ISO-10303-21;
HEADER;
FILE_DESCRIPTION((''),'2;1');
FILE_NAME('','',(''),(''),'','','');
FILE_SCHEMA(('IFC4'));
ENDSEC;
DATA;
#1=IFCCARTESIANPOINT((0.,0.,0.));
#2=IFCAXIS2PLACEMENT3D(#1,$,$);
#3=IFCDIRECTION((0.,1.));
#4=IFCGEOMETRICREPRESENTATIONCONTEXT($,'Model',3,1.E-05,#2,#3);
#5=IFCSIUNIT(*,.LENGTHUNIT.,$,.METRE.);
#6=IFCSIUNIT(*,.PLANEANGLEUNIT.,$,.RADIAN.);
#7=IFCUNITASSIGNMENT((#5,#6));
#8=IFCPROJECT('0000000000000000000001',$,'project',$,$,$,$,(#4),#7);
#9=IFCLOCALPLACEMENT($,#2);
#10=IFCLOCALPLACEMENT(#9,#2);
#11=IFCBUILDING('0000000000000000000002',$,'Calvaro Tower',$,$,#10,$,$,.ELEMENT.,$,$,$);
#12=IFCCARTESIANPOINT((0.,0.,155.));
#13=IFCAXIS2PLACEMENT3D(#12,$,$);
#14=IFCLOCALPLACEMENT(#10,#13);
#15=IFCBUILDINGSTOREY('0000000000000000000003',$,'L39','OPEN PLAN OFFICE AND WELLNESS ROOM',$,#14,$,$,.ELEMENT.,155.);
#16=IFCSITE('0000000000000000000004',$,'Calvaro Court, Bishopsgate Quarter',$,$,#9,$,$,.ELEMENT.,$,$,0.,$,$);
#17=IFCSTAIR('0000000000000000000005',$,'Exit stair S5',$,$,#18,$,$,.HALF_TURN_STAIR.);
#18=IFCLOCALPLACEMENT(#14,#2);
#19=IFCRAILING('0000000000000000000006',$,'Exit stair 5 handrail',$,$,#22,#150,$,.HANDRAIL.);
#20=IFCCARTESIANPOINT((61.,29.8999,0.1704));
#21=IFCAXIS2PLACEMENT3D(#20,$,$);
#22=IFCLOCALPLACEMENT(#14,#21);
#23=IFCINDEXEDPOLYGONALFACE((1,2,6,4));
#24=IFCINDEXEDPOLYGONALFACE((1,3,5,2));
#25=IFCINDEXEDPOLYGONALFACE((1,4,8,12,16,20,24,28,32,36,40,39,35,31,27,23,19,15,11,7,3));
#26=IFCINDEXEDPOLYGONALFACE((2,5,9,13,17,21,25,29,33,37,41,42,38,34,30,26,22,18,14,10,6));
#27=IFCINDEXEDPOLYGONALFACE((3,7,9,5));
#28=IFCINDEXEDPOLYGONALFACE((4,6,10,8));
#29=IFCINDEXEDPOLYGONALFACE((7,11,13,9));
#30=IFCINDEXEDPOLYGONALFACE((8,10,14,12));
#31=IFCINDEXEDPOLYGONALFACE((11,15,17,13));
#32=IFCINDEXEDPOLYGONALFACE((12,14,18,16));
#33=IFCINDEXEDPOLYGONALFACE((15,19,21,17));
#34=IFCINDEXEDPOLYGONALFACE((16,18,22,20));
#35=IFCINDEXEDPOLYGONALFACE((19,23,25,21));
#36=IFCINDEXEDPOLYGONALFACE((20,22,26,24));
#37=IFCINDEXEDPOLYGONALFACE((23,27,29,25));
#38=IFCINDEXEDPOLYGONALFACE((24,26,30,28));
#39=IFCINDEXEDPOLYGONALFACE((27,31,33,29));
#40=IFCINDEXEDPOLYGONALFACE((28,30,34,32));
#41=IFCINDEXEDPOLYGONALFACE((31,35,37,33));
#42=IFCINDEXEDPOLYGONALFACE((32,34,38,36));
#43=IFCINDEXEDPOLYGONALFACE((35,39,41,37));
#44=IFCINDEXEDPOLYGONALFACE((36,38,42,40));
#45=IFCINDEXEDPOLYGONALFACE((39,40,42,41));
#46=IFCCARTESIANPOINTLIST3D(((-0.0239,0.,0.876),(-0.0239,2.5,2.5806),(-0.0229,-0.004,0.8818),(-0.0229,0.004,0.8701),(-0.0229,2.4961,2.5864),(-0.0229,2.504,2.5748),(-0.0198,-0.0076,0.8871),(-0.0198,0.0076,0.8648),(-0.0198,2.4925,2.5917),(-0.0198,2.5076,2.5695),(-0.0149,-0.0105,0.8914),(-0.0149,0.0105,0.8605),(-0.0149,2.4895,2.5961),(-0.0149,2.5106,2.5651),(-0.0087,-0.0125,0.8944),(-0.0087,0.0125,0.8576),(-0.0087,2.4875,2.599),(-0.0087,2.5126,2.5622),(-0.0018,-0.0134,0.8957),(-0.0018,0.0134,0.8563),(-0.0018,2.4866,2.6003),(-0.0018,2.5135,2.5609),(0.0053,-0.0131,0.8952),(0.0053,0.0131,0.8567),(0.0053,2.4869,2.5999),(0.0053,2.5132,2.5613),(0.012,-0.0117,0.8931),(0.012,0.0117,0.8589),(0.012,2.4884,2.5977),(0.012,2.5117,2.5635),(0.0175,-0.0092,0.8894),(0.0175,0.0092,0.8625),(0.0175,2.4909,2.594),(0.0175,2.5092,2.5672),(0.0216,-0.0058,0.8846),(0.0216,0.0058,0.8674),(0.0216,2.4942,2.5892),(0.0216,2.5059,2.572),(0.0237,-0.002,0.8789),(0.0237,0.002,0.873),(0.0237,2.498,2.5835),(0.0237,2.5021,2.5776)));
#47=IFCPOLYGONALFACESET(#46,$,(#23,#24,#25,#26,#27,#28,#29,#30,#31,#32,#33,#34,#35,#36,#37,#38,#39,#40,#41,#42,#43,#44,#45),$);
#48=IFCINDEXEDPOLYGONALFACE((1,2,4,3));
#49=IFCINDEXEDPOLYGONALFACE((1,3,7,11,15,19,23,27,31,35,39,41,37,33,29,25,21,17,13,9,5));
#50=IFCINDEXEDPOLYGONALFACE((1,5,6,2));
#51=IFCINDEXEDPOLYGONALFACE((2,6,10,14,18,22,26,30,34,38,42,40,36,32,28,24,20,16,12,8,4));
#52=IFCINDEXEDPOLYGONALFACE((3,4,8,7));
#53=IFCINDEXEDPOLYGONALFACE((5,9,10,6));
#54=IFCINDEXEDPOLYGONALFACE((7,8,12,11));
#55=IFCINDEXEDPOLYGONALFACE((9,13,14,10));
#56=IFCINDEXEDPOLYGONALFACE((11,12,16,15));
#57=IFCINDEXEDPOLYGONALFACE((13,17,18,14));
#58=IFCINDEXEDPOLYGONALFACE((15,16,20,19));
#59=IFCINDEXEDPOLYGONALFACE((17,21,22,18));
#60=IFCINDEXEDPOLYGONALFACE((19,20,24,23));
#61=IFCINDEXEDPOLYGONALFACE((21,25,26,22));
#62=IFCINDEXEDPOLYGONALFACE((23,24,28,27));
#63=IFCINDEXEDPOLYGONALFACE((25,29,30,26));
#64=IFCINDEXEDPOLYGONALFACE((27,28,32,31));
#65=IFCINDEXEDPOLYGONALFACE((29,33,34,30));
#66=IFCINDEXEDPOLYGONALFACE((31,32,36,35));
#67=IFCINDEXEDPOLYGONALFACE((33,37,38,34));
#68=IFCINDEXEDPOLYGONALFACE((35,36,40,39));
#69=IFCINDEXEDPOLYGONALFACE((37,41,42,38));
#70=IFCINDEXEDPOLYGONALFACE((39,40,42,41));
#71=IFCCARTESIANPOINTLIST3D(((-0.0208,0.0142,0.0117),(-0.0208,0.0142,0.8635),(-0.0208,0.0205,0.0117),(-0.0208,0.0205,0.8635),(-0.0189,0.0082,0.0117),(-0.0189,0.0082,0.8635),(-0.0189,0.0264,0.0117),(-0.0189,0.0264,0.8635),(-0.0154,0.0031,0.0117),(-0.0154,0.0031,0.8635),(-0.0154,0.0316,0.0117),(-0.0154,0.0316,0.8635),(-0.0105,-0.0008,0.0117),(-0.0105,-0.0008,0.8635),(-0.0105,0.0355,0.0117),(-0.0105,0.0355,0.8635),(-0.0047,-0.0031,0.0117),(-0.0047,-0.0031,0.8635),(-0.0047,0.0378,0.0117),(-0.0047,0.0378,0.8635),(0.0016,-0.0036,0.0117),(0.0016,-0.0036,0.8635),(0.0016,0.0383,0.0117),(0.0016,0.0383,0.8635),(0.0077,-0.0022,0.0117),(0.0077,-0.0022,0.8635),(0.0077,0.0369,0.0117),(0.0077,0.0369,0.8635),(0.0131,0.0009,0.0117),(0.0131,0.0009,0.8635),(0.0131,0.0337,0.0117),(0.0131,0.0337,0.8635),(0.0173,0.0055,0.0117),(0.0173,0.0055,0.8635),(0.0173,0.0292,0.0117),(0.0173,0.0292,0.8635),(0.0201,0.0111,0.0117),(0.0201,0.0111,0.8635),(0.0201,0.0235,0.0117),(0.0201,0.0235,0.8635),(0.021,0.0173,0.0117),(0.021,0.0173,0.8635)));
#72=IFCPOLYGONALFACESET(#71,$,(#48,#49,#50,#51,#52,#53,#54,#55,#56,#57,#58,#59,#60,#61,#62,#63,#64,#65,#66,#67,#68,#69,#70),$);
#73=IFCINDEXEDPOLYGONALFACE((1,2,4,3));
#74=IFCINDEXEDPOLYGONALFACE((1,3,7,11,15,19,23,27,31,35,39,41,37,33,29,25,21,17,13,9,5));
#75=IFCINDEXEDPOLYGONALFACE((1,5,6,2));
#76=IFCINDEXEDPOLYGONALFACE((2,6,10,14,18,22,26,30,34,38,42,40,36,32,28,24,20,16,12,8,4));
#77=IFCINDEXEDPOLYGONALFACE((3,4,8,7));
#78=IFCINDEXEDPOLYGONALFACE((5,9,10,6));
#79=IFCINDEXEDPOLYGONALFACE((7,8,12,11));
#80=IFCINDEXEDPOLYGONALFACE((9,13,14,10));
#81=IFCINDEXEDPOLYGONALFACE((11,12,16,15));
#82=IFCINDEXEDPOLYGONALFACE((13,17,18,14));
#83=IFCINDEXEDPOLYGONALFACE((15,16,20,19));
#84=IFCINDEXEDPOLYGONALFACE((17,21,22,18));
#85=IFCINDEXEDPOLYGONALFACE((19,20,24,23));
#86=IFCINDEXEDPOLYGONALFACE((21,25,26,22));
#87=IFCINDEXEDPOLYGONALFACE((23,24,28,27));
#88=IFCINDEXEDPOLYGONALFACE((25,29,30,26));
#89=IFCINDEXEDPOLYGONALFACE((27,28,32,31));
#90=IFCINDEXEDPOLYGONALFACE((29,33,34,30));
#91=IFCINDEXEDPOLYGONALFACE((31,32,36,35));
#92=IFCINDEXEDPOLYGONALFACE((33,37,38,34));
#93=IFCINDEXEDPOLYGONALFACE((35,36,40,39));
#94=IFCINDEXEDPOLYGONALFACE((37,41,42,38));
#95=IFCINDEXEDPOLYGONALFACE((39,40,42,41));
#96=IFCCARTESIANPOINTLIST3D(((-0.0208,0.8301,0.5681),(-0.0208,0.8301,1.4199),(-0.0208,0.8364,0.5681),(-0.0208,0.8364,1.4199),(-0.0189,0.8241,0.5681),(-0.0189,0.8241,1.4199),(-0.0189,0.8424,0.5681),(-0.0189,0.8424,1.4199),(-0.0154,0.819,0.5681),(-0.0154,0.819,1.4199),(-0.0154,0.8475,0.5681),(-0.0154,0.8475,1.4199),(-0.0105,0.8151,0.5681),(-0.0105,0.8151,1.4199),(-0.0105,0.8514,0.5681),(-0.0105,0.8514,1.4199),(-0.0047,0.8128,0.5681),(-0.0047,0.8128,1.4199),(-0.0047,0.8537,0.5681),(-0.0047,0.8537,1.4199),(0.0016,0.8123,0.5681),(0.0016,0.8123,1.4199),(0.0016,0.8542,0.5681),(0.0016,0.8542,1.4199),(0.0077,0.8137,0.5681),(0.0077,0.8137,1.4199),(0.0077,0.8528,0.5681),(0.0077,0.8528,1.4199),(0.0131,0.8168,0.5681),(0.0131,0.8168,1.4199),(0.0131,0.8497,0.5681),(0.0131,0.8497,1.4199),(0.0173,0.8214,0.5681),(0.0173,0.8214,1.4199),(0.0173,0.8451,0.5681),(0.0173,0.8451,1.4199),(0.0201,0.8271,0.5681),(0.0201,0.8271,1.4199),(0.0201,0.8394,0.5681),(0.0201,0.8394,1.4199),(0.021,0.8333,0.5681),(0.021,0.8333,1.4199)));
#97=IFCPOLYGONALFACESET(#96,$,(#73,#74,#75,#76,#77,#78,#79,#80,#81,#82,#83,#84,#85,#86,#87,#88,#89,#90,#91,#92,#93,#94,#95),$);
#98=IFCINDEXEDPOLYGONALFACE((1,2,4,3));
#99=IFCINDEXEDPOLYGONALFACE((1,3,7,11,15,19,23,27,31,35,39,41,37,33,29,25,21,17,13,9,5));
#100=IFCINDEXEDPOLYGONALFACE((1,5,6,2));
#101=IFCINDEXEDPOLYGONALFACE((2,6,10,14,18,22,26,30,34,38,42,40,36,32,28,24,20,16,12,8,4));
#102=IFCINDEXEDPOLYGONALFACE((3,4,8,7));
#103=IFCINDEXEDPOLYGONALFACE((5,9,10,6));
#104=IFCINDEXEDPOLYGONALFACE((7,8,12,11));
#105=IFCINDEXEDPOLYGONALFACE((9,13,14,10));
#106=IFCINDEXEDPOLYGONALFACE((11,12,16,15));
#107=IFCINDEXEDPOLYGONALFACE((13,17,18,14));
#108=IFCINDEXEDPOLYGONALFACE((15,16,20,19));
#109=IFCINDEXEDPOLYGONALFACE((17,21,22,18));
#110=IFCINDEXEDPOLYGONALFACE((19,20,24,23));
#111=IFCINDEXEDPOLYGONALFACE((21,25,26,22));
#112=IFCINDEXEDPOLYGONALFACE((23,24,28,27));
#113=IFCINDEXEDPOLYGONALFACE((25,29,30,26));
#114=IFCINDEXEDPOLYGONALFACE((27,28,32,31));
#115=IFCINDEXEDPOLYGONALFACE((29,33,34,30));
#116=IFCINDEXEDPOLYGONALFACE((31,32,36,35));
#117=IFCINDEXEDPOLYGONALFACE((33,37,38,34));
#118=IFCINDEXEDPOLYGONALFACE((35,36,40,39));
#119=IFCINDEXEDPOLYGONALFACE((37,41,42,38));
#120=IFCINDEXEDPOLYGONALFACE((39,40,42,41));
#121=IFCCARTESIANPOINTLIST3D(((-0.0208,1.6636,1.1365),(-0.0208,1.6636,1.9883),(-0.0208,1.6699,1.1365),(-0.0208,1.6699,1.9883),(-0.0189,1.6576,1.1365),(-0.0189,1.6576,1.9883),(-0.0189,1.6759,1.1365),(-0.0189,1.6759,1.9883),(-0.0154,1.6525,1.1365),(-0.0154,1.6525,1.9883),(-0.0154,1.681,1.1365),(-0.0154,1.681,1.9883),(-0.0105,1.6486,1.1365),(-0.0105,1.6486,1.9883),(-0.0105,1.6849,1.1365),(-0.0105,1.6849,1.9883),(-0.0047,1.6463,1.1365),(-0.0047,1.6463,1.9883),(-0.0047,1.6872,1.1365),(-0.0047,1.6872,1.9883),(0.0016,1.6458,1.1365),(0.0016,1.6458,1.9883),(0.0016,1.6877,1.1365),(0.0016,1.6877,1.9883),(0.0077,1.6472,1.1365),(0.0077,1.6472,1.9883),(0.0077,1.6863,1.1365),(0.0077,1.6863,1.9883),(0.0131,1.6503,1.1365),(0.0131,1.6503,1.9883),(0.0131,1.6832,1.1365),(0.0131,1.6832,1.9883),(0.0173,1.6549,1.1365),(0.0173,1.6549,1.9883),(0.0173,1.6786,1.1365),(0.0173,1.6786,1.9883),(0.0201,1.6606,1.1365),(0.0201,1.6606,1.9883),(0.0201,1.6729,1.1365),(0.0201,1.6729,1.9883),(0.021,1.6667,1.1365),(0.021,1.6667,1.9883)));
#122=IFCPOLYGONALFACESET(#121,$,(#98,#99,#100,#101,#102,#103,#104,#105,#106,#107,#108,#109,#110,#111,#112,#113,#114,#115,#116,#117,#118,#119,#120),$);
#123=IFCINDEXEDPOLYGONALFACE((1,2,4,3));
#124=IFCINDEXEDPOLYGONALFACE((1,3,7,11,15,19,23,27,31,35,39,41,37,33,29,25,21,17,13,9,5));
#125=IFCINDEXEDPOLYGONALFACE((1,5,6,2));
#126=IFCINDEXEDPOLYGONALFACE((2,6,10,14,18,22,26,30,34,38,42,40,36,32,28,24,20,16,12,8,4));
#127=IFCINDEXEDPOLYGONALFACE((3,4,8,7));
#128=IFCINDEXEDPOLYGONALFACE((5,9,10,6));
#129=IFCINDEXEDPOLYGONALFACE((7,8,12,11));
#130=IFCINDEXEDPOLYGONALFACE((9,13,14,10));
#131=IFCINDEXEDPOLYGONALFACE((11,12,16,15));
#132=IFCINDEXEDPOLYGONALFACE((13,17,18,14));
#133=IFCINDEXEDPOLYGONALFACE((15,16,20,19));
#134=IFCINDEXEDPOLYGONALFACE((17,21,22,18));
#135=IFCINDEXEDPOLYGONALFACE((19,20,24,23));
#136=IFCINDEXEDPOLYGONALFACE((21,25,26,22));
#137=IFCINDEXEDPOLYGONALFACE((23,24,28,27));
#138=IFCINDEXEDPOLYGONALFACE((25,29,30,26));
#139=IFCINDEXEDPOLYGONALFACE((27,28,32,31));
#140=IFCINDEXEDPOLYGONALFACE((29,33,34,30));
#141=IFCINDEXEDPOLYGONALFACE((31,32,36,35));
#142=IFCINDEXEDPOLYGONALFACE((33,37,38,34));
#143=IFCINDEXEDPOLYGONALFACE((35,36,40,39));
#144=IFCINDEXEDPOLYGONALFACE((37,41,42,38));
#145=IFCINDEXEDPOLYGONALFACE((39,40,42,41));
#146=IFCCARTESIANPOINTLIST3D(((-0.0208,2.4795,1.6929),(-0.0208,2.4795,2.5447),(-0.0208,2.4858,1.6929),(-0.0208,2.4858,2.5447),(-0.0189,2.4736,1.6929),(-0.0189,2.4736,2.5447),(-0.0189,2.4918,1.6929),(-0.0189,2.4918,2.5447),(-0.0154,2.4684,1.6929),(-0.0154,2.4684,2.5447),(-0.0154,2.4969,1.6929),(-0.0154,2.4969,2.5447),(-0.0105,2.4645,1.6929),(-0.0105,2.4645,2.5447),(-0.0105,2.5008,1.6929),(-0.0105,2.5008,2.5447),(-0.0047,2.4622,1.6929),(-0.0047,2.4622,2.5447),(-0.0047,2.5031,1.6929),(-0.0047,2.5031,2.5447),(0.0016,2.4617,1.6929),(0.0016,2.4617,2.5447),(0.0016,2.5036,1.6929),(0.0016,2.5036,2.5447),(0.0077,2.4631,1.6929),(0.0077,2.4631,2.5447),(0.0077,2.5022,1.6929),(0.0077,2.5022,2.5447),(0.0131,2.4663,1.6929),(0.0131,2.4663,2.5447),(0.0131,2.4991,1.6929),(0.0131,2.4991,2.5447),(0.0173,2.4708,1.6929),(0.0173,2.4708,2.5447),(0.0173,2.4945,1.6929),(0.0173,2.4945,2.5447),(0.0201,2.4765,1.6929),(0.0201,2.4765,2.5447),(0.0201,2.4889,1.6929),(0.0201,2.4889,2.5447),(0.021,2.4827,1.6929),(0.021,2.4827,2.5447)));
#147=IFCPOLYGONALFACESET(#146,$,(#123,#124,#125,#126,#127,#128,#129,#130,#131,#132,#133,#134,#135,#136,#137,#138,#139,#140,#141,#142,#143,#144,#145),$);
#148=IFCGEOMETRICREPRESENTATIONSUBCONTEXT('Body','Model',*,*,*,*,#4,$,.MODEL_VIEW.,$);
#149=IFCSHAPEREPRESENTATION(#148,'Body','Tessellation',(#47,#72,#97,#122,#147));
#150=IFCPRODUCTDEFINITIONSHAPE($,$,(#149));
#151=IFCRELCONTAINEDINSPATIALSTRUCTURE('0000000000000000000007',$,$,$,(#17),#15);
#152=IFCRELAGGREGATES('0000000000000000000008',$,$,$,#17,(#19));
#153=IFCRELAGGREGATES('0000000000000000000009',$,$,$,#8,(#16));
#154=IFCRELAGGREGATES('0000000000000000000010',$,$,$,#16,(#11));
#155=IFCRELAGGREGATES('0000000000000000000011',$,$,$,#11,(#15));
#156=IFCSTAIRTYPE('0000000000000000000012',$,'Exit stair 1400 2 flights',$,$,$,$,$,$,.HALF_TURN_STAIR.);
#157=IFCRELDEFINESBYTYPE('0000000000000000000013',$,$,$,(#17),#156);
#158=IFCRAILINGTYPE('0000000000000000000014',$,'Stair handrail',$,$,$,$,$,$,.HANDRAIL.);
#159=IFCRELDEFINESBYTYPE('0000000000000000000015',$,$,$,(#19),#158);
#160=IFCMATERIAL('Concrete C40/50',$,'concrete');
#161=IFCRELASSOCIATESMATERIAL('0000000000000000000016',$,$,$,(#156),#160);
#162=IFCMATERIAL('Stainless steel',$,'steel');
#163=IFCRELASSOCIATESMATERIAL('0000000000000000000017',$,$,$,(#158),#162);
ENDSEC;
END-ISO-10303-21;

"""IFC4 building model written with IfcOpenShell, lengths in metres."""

from ifc_helpers import new_model, si_unit, direction, frame, origin, origin_2d, place, context, subcontext, project, spatial, circle, extrude, material, type_object, element, aggregate, save


model = new_model("IFC4")

# Units and contexts
model_context = context("Model", 3, precision=1e-05, world=origin(), true_north=direction((0.0, 1.0)))
body_context = subcontext(model_context, "Body", "Model", "MODEL_VIEW")
ifc_project = project(units=[si_unit("LENGTHUNIT", "METRE"), si_unit("PLANEANGLEUNIT", "RADIAN")], contexts=[model_context])

# Site, building, storey
site_placement = place(None, origin())
site = spatial("IfcSite", under=ifc_project, at=site_placement, Name="Calvaro Court, Bishopsgate Quarter", CompositionType="ELEMENT", RefElevation=0.0)
building_placement = place(site_placement, origin())
building = spatial("IfcBuilding", under=site, at=building_placement, Name="Calvaro Tower", CompositionType="ELEMENT")
storey_placement = place(building_placement, frame((0.0, 0.0, 155.0)))
storey = spatial("IfcBuildingStorey", under=building, at=storey_placement, Name="L39", Description="OPEN PLAN OFFICE AND WELLNESS ROOM", CompositionType="ELEMENT", Elevation=155.0)

# Stair
ifc_material_1 = material(Name="Concrete C40/50", Category="concrete")
stair_type = type_object("IfcStairType", Name="Exit stair 1400 2 flights", PredefinedType="HALF_TURN_STAIR", material=ifc_material_1)
stair_1_placement = place(storey_placement, origin())
stair_1 = element("IfcStair", 1, at=stair_1_placement, inside=storey, type_object=stair_type, Name="Exit stair S5", PredefinedType="HALF_TURN_STAIR")

# Shared definitions
ifc_material_2 = material(Name="Stainless steel", Category="steel")
railing_type = type_object("IfcRailingType", Name="Stair handrail", PredefinedType="HANDRAIL", material=ifc_material_2)

# Railing
railing_1_placement = place(storey_placement, frame((61.0, 29.8999, 0.1704)))
railing_1 = element("IfcRailing", 2, at=railing_1_placement, type_object=railing_type, Name="Exit stair 5 handrail", PredefinedType="HANDRAIL", context=body_context, shape_type="SweptSolid", body=[
    extrude(circle(Radius=0.0239, at=origin_2d()), frame((0.0, 0.0, 0.876), z_axis=(0.0, 0.826221, 0.563347), x_axis=(-1.0, 0.0, 0.0)), (0.0, 0.0, 1.0), 3.0259),
    extrude(circle(Radius=0.021, at=origin_2d()), frame((0.0, 0.0173, 0.0117)), (0.0, 0.0, 1.0), 0.8518),
    extrude(circle(Radius=0.021, at=origin_2d()), frame((0.0, 0.8333, 0.5681)), (0.0, 0.0, 1.0), 0.8518),
    extrude(circle(Radius=0.021, at=origin_2d()), frame((0.0, 1.6667, 1.1365)), (0.0, 0.0, 1.0), 0.8518),
    extrude(circle(Radius=0.021, at=origin_2d()), frame((0.0, 2.4827, 1.6929)), (0.0, 0.0, 1.0), 0.8518),
])
aggregate(stair_1, [railing_1])

save(model, "model.ifc")
